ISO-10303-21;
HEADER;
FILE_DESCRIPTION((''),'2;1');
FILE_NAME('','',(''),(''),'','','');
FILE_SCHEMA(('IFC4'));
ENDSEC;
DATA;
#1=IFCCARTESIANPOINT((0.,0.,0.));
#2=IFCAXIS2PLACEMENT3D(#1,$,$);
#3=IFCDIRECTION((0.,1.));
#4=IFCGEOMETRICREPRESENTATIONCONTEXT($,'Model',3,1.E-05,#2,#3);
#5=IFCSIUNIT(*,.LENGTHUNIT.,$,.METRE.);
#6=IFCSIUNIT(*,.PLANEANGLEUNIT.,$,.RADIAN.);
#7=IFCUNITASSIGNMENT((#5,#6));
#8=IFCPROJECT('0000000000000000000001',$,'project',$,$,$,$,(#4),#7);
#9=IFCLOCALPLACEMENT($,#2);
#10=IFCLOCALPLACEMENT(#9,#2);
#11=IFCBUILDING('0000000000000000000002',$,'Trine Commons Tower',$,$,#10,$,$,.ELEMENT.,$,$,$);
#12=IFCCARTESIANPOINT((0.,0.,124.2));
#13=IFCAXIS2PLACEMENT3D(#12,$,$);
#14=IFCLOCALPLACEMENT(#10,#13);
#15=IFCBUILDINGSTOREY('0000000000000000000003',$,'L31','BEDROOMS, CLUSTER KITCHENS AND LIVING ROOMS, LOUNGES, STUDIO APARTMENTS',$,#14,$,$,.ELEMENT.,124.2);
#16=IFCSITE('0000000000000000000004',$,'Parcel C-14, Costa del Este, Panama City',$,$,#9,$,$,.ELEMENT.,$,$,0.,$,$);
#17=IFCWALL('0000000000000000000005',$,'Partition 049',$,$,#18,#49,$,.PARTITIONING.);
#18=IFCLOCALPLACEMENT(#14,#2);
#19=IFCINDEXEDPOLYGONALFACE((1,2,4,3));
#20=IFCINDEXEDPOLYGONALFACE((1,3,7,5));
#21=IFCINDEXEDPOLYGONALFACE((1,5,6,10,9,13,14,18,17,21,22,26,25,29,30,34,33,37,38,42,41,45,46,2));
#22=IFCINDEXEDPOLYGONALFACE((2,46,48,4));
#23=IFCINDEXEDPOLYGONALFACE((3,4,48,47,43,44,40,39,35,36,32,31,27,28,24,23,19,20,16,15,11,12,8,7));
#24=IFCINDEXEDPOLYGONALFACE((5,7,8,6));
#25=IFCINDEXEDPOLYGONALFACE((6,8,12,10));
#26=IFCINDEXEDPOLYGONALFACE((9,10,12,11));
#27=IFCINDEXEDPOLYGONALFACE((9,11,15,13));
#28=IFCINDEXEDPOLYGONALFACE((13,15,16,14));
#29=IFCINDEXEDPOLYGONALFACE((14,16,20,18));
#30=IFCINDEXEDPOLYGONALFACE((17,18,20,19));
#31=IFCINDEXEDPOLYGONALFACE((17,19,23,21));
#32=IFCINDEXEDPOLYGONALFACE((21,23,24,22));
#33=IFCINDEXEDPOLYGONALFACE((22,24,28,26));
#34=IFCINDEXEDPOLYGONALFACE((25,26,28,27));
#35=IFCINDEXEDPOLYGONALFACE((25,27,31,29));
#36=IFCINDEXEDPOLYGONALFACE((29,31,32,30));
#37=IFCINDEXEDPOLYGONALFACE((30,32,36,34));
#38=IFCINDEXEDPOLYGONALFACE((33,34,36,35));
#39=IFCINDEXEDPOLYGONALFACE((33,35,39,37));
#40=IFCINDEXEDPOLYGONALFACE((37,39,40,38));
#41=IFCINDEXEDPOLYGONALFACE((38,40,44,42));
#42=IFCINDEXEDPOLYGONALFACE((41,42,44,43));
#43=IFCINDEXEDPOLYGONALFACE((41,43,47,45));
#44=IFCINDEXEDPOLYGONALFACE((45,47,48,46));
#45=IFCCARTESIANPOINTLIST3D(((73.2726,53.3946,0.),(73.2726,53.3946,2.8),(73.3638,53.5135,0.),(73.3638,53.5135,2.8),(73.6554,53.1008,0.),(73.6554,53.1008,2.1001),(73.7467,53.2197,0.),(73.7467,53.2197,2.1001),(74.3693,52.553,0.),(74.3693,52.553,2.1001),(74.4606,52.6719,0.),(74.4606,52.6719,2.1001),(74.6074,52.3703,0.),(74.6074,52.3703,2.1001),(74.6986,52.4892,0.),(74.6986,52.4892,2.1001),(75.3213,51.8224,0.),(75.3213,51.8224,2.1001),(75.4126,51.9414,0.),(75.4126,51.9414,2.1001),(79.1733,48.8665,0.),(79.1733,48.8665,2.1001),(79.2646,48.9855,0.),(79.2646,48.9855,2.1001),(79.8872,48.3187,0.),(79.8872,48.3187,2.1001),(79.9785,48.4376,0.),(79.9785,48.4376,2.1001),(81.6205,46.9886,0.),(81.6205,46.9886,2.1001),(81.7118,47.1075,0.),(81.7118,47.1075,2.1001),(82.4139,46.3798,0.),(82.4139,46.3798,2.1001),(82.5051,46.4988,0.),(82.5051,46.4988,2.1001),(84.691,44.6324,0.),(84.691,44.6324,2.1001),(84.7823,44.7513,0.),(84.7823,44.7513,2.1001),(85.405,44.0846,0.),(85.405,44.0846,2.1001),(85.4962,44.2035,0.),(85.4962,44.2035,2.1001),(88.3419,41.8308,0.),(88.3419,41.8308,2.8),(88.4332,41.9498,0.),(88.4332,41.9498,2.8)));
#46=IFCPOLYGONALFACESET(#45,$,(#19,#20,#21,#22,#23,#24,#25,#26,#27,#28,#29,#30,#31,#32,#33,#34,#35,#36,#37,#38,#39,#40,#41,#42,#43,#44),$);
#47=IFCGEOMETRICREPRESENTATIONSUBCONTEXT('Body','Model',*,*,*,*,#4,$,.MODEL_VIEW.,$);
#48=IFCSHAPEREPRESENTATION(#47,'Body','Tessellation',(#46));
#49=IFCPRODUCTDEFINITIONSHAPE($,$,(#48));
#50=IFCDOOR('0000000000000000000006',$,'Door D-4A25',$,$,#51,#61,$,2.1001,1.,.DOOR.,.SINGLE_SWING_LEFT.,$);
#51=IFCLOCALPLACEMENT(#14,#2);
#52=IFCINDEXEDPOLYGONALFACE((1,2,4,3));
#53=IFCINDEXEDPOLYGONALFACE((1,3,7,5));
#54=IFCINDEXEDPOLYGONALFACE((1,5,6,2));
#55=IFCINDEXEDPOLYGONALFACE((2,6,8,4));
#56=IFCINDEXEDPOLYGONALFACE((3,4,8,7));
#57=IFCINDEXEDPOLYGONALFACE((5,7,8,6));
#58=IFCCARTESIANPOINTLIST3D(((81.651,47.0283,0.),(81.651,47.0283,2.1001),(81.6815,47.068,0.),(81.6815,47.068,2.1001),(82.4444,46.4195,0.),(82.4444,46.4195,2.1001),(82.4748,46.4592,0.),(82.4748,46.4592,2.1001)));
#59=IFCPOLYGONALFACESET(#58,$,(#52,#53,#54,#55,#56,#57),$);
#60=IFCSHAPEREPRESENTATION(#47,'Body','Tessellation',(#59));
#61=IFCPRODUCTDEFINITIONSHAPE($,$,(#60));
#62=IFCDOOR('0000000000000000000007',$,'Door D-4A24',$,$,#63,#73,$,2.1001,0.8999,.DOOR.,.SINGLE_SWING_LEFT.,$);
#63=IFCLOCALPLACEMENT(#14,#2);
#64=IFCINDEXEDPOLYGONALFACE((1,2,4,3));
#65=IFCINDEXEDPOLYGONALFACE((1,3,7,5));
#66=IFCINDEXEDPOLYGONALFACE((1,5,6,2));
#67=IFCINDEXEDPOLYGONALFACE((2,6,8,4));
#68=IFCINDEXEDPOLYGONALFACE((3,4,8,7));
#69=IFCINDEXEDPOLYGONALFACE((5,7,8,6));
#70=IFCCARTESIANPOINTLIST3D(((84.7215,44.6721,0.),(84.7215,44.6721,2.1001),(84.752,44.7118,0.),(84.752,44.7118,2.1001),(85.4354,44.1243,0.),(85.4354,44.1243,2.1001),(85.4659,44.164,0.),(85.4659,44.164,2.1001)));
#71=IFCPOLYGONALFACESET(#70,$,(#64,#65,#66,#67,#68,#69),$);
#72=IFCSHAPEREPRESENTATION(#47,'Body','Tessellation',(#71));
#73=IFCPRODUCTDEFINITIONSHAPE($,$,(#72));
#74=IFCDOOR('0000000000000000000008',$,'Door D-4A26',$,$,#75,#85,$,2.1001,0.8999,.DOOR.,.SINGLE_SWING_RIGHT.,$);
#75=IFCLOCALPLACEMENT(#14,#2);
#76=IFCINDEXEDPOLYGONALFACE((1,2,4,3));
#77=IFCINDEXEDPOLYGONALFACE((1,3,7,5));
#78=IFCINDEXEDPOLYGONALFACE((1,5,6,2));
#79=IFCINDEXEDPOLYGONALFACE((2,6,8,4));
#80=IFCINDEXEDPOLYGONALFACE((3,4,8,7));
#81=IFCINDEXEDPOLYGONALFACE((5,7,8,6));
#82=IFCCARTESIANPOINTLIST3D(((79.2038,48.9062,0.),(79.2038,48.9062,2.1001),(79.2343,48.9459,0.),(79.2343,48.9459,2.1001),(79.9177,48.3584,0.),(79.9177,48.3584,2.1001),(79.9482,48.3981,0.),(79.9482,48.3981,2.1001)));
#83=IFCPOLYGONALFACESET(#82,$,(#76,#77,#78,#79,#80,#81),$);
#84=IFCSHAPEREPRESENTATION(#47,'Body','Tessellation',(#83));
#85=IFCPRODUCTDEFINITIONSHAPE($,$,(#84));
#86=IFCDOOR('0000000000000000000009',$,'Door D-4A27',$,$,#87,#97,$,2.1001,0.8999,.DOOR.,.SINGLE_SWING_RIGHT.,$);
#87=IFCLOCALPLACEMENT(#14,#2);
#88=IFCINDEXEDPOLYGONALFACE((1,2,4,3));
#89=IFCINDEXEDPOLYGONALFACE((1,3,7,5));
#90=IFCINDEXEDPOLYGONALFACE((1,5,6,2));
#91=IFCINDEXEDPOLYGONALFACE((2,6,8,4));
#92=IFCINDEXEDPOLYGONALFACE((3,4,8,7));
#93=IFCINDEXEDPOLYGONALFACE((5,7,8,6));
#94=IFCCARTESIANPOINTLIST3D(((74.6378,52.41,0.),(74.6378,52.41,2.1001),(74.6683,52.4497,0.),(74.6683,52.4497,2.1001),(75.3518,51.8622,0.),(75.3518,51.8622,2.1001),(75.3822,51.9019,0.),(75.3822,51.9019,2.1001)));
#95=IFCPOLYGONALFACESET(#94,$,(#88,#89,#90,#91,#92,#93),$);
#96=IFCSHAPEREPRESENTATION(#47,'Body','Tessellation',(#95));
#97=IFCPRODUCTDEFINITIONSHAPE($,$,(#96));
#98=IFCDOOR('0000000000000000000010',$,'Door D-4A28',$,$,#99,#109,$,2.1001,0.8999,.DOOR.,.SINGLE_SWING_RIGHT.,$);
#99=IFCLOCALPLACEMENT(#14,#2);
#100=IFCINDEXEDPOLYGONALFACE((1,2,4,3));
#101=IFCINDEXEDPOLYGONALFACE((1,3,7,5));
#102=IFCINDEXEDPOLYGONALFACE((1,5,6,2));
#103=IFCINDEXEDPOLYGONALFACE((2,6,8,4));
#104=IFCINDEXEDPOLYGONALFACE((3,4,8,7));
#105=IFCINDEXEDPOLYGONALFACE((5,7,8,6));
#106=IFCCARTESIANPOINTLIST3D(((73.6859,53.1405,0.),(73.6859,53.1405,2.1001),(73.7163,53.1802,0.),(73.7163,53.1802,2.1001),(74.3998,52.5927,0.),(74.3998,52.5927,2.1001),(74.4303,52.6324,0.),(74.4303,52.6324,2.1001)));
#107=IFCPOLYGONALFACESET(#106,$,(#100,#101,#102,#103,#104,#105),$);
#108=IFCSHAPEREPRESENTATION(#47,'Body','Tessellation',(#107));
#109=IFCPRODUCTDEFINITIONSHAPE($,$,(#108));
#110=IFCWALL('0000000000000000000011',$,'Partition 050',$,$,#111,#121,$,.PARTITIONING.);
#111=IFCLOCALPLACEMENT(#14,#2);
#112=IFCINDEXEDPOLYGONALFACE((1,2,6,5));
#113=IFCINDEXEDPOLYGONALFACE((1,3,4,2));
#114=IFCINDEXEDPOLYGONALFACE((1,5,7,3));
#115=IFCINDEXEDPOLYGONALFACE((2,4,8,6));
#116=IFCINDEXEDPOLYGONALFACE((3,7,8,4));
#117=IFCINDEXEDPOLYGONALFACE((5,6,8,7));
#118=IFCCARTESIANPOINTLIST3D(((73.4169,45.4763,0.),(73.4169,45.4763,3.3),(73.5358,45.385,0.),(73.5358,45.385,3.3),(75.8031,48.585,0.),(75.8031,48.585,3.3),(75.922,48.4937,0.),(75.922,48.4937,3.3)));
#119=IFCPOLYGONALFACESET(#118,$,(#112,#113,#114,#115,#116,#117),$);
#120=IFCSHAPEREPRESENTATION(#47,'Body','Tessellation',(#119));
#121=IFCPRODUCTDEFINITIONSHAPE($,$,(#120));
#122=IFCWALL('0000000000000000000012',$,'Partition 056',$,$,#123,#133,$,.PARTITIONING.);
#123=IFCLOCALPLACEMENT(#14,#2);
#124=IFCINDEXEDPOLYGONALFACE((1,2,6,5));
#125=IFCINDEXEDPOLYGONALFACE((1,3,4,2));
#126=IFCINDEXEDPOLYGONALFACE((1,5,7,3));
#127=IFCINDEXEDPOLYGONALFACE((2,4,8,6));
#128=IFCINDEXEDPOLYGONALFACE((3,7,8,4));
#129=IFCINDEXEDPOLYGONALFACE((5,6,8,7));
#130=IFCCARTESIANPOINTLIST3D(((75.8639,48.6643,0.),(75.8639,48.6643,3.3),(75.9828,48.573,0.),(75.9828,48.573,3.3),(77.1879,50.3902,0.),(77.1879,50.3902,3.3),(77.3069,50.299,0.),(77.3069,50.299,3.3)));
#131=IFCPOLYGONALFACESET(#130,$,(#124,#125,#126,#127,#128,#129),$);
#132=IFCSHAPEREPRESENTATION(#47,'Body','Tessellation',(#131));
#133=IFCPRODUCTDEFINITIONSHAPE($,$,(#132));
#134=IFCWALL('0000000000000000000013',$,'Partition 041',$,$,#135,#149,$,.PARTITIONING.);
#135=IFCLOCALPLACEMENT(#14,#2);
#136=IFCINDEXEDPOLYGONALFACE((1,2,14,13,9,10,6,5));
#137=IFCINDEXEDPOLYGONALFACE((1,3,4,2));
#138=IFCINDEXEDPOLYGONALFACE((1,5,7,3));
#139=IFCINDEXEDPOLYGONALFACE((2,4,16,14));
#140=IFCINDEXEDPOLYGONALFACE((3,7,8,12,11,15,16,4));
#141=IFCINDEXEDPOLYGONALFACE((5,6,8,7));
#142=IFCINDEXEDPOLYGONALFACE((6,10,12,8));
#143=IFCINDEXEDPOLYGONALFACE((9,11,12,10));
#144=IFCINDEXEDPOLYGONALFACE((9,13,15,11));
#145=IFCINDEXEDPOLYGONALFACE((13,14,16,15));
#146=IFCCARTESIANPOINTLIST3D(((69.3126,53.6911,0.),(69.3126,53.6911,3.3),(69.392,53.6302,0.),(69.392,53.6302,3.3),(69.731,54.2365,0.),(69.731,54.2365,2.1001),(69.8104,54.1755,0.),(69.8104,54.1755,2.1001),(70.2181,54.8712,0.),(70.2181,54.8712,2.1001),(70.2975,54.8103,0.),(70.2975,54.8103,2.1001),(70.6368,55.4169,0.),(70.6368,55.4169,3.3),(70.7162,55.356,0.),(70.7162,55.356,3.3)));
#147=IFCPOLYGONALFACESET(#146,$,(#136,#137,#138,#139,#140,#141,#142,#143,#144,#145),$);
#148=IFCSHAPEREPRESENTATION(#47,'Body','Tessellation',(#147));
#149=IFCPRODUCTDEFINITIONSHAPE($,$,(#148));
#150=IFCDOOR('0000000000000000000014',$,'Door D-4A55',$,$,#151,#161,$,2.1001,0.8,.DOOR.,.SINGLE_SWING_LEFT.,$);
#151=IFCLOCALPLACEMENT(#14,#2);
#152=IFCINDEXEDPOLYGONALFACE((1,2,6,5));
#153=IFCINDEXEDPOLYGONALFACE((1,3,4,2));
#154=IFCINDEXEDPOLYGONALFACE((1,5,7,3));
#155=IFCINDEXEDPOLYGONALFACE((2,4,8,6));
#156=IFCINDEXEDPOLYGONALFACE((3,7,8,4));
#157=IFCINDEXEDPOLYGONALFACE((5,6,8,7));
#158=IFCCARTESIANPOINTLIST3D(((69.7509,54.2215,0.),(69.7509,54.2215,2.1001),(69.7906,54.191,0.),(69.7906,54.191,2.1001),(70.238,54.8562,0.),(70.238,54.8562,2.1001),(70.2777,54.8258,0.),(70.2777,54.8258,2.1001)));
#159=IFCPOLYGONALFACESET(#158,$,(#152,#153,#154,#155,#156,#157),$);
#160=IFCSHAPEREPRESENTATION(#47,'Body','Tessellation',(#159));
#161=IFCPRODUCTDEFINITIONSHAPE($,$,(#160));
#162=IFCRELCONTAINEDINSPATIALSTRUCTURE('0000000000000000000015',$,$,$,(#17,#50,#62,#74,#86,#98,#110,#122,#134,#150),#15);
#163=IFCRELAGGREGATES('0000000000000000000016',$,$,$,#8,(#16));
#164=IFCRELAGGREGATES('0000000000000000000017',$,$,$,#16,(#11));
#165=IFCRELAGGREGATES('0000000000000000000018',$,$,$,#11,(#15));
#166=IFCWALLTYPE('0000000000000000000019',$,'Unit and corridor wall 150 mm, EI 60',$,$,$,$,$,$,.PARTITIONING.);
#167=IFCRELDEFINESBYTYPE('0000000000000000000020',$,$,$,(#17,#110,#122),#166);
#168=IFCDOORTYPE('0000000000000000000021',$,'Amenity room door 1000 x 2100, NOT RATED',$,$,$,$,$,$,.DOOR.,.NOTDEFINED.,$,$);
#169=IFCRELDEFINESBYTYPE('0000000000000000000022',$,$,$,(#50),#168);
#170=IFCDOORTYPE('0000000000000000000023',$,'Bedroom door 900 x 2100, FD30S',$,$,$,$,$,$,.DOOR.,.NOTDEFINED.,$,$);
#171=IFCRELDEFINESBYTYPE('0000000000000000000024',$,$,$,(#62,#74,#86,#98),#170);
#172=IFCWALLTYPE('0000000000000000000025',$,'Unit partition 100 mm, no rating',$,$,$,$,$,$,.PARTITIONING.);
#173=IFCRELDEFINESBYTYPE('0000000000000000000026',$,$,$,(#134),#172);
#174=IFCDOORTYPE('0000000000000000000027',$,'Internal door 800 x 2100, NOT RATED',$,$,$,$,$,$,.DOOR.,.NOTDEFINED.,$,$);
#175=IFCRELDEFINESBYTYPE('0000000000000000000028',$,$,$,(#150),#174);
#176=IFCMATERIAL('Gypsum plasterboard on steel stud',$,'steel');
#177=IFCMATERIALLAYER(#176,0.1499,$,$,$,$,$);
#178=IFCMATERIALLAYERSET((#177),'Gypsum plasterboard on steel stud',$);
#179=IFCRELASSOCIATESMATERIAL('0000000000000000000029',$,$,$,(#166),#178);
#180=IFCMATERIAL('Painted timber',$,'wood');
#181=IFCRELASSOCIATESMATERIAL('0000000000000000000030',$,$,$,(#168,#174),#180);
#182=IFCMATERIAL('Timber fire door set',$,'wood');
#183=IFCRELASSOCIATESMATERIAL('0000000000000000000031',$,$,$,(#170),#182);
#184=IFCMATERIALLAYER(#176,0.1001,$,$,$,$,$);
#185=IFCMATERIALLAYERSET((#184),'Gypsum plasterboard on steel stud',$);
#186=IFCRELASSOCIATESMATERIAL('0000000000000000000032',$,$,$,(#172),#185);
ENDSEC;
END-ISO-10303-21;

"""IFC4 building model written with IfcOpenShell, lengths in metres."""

from ifc_helpers import new_model, si_unit, direction, frame, frame_2d, origin, place, context, subcontext, project, spatial, rectangle, extrude, material, layer, layer_set, type_object, element, fill, save


model = new_model("IFC4")

# Units and contexts
model_context = context("Model", 3, precision=1e-05, world=origin(), true_north=direction((0.0, 1.0)))
body_context = subcontext(model_context, "Body", "Model", "MODEL_VIEW")
ifc_project = project(units=[si_unit("LENGTHUNIT", "METRE"), si_unit("PLANEANGLEUNIT", "RADIAN")], contexts=[model_context])

# Site, building, storey
site_placement = place(None, origin())
site = spatial("IfcSite", under=ifc_project, at=site_placement, Name="Parcel C-14, Costa del Este, Panama City", CompositionType="ELEMENT", RefElevation=0.0)
building_placement = place(site_placement, origin())
building = spatial("IfcBuilding", under=site, at=building_placement, Name="Trine Commons Tower", CompositionType="ELEMENT")
storey_placement = place(building_placement, frame((0.0, 0.0, 124.2)))
storey = spatial("IfcBuildingStorey", under=building, at=storey_placement, Name="L31", Description="BEDROOMS, CLUSTER KITCHENS AND LIVING ROOMS, LOUNGES, STUDIO APARTMENTS", CompositionType="ELEMENT", Elevation=124.2)

# Shared definitions
ifc_material_1 = material(Name="Gypsum plasterboard on steel stud", Category="steel")
ifc_layer_1 = layer(ifc_material_1, 0.1499)
ifc_layer_set_1 = layer_set([ifc_layer_1], Name="Gypsum plasterboard on steel stud")
wall_type_1 = type_object("IfcWallType", Name="Unit and corridor wall 150 mm, EI 60", PredefinedType="PARTITIONING", material=ifc_layer_set_1)

# Wall, openings, doors
wall_1_placement = place(storey_placement, frame((73.3181, 53.4541, 0.0), z_axis=(0.0, 0.0, 1.0), x_axis=(0.793338, -0.608782, 0.0)))
wall_1 = element("IfcWall", 1, at=wall_1_placement, inside=storey, type_object=wall_type_1, Name="Partition 049", PredefinedType="PARTITIONING", context=body_context, shape_type="SweptSolid", body=[
    extrude(rectangle(XDim=18.9949, YDim=0.1499, at=frame_2d((9.4976, 0.0))), origin(), (0.0, 0.0, 1.0), 2.8),
])
opening_1_placement = place(wall_1_placement, frame((14.3931, 0.0, 0.0)))
opening_1 = element("IfcOpeningElement", 2, at=opening_1_placement, cuts=wall_1, PredefinedType="OPENING", context=body_context, shape_type="SweptSolid", body=[
    extrude(rectangle(XDim=0.8999, YDim=2.1001, at=frame_2d((0.45, 1.05))), frame((0.0, 0.085, 0.0), z_axis=(0.0, -1.0, 0.0), x_axis=(1.0, 0.0, 0.0)), (0.0, 0.0, 1.0), 0.1699),
])
opening_2_placement = place(wall_1_placement, frame((10.5227, 0.0, 0.0)))
opening_2 = element("IfcOpeningElement", 3, at=opening_2_placement, cuts=wall_1, PredefinedType="OPENING", context=body_context, shape_type="SweptSolid", body=[
    extrude(rectangle(XDim=1.0, YDim=2.1001, at=frame_2d((0.5, 1.05))), frame((0.0, 0.085, 0.0), z_axis=(0.0, -1.0, 0.0), x_axis=(1.0, 0.0, 0.0)), (0.0, 0.0, 1.0), 0.1699),
])
opening_3_placement = place(wall_1_placement, frame((7.438, 0.0, 0.0)))
opening_3 = element("IfcOpeningElement", 4, at=opening_3_placement, cuts=wall_1, PredefinedType="OPENING", context=body_context, shape_type="SweptSolid", body=[
    extrude(rectangle(XDim=0.8999, YDim=2.1001, at=frame_2d((0.45, 1.05))), frame((0.0, 0.085, 0.0), z_axis=(0.0, -1.0, 0.0), x_axis=(1.0, 0.0, 0.0)), (0.0, 0.0, 1.0), 0.1699),
])
opening_4_placement = place(wall_1_placement, frame((1.6826, 0.0, 0.0)))
opening_4 = element("IfcOpeningElement", 5, at=opening_4_placement, cuts=wall_1, PredefinedType="OPENING", context=body_context, shape_type="SweptSolid", body=[
    extrude(rectangle(XDim=0.8999, YDim=2.1001, at=frame_2d((0.45, 1.05))), frame((0.0, 0.085, 0.0), z_axis=(0.0, -1.0, 0.0), x_axis=(1.0, 0.0, 0.0)), (0.0, 0.0, 1.0), 0.1699),
])
opening_5_placement = place(wall_1_placement, frame((0.4827, 0.0, 0.0)))
opening_5 = element("IfcOpeningElement", 6, at=opening_5_placement, cuts=wall_1, PredefinedType="OPENING", context=body_context, shape_type="SweptSolid", body=[
    extrude(rectangle(XDim=0.8999, YDim=2.1001, at=frame_2d((0.45, 1.05))), frame((0.0, 0.085, 0.0), z_axis=(0.0, -1.0, 0.0), x_axis=(1.0, 0.0, 0.0)), (0.0, 0.0, 1.0), 0.1699),
])
ifc_material_2 = material(Name="Painted timber", Category="wood")
door_type_1 = type_object("IfcDoorType", Name="Amenity room door 1000 x 2100, NOT RATED", OperationType="NOTDEFINED", PredefinedType="DOOR", material=ifc_material_2)
door_1_placement = place(opening_2_placement, frame((1.0, 0.0, 0.0), z_axis=(0.0, 0.0, 1.0), x_axis=(-1.0, 0.0, 0.0)))
door_1 = element("IfcDoor", 7, at=door_1_placement, inside=storey, type_object=door_type_1, Name="Door D-4A25", OperationType="SINGLE_SWING_LEFT", OverallHeight=2.1001, OverallWidth=1.0, PredefinedType="DOOR", context=body_context, shape_type="SweptSolid", body=[
    extrude(rectangle(XDim=1.0, YDim=2.1001, at=frame_2d((0.5, 1.05))), frame((0.0, 0.0249, 0.0), z_axis=(0.0, -1.0, 0.0), x_axis=(1.0, 0.0, 0.0)), (0.0, 0.0, 1.0), 0.05),
])
fill(opening_2, door_1)
ifc_material_3 = material(Name="Timber fire door set", Category="wood")
door_type_2 = type_object("IfcDoorType", Name="Bedroom door 900 x 2100, FD30S", OperationType="NOTDEFINED", PredefinedType="DOOR", material=ifc_material_3)
door_2_placement = place(opening_1_placement, frame((0.8999, 0.0, 0.0), z_axis=(0.0, 0.0, 1.0), x_axis=(-1.0, 0.0, 0.0)))
door_2 = element("IfcDoor", 8, at=door_2_placement, inside=storey, type_object=door_type_2, Name="Door D-4A24", OperationType="SINGLE_SWING_LEFT", OverallHeight=2.1001, OverallWidth=0.8999, PredefinedType="DOOR", context=body_context, shape_type="SweptSolid", body=[
    extrude(rectangle(XDim=0.8999, YDim=2.1001, at=frame_2d((0.45, 1.05))), frame((0.0, 0.0249, 0.0), z_axis=(0.0, -1.0, 0.0), x_axis=(1.0, 0.0, 0.0)), (0.0, 0.0, 1.0), 0.05),
])
fill(opening_1, door_2)
door_3_placement = place(opening_3_placement, frame((0.8999, 0.0, 0.0), z_axis=(0.0, 0.0, 1.0), x_axis=(-1.0, 0.0, 0.0)))
door_3 = element("IfcDoor", 9, at=door_3_placement, inside=storey, type_object=door_type_2, Name="Door D-4A26", OperationType="SINGLE_SWING_RIGHT", OverallHeight=2.1001, OverallWidth=0.8999, PredefinedType="DOOR", context=body_context, shape_type="SweptSolid", body=[
    extrude(rectangle(XDim=0.8999, YDim=2.1001, at=frame_2d((0.45, 1.05))), frame((0.0, 0.0249, 0.0), z_axis=(0.0, -1.0, 0.0), x_axis=(1.0, 0.0, 0.0)), (0.0, 0.0, 1.0), 0.05),
])
fill(opening_3, door_3)
door_4_placement = place(opening_4_placement, frame((0.8999, 0.0, 0.0), z_axis=(0.0, 0.0, 1.0), x_axis=(-1.0, 0.0, 0.0)))
door_4 = element("IfcDoor", 10, at=door_4_placement, inside=storey, type_object=door_type_2, Name="Door D-4A27", OperationType="SINGLE_SWING_RIGHT", OverallHeight=2.1001, OverallWidth=0.8999, PredefinedType="DOOR", context=body_context, shape_type="SweptSolid", body=[
    extrude(rectangle(XDim=0.8999, YDim=2.1001, at=frame_2d((0.45, 1.05))), frame((0.0, 0.0249, 0.0), z_axis=(0.0, -1.0, 0.0), x_axis=(1.0, 0.0, 0.0)), (0.0, 0.0, 1.0), 0.05),
])
fill(opening_4, door_4)
door_5_placement = place(opening_5_placement, frame((0.8999, 0.0, 0.0), z_axis=(0.0, 0.0, 1.0), x_axis=(-1.0, 0.0, 0.0)))
door_5 = element("IfcDoor", 11, at=door_5_placement, inside=storey, type_object=door_type_2, Name="Door D-4A28", OperationType="SINGLE_SWING_RIGHT", OverallHeight=2.1001, OverallWidth=0.8999, PredefinedType="DOOR", context=body_context, shape_type="SweptSolid", body=[
    extrude(rectangle(XDim=0.8999, YDim=2.1001, at=frame_2d((0.45, 1.05))), frame((0.0, 0.0249, 0.0), z_axis=(0.0, -1.0, 0.0), x_axis=(1.0, 0.0, 0.0)), (0.0, 0.0, 1.0), 0.05),
])
fill(opening_5, door_5)

# Walls
wall_2_placement = place(storey_placement, frame((73.4763, 45.4307, 0.0), z_axis=(0.0, 0.0, 1.0), x_axis=(0.608904, 0.793244, 0.0)))
element("IfcWall", 12, at=wall_2_placement, inside=storey, type_object=wall_type_1, Name="Partition 050", PredefinedType="PARTITIONING", context=body_context, shape_type="SweptSolid", body=[
    extrude(rectangle(XDim=3.9189, YDim=0.1499, at=frame_2d((1.9595, 0.0))), origin(), (0.0, 0.0, 1.0), 3.3),
])
wall_3_placement = place(storey_placement, frame((75.9233, 48.6187, 0.0), z_axis=(0.0, 0.0, 1.0), x_axis=(0.608674, 0.79342, 0.0)))
element("IfcWall", 13, at=wall_3_placement, inside=storey, type_object=wall_type_1, Name="Partition 056", PredefinedType="PARTITIONING", context=body_context, shape_type="SweptSolid", body=[
    extrude(rectangle(XDim=2.1753, YDim=0.1499, at=frame_2d((1.0876, 0.0))), origin(), (0.0, 0.0, 1.0), 3.3),
])

# Wall, opening, door
ifc_layer_2 = layer(ifc_material_1, 0.1001)
ifc_layer_set_2 = layer_set([ifc_layer_2], Name="Gypsum plasterboard on steel stud")
wall_type_2 = type_object("IfcWallType", Name="Unit partition 100 mm, no rating", PredefinedType="PARTITIONING", material=ifc_layer_set_2)
wall_4_placement = place(storey_placement, frame((69.3523, 53.6606, 0.0), z_axis=(0.0, 0.0, 1.0), x_axis=(0.608745, 0.793366, 0.0)))
wall_4 = element("IfcWall", 14, at=wall_4_placement, inside=storey, type_object=wall_type_2, Name="Partition 041", PredefinedType="PARTITIONING", context=body_context, shape_type="SweptSolid", body=[
    extrude(rectangle(XDim=2.1753, YDim=0.1001, at=frame_2d((1.0876, 0.0))), origin(), (0.0, 0.0, 1.0), 3.3),
])
opening_6_placement = place(wall_4_placement, frame((0.6875, 0.0, 0.0)))
opening_6 = element("IfcOpeningElement", 15, at=opening_6_placement, cuts=wall_4, PredefinedType="OPENING", context=body_context, shape_type="SweptSolid", body=[
    extrude(rectangle(XDim=0.8, YDim=2.1001, at=frame_2d((0.3999, 1.05))), frame((0.0, 0.0601, 0.0), z_axis=(0.0, -1.0, 0.0), x_axis=(1.0, 0.0, 0.0)), (0.0, 0.0, 1.0), 0.1201),
])
door_type_3 = type_object("IfcDoorType", Name="Internal door 800 x 2100, NOT RATED", OperationType="NOTDEFINED", PredefinedType="DOOR", material=ifc_material_2)
door_6_placement = place(opening_6_placement, frame((0.8, 0.0, 0.0), z_axis=(0.0, 0.0, 1.0), x_axis=(-1.0, 0.0, 0.0)))
door_6 = element("IfcDoor", 16, at=door_6_placement, inside=storey, type_object=door_type_3, Name="Door D-4A55", OperationType="SINGLE_SWING_LEFT", OverallHeight=2.1001, OverallWidth=0.8, PredefinedType="DOOR", context=body_context, shape_type="SweptSolid", body=[
    extrude(rectangle(XDim=0.8, YDim=2.1001, at=frame_2d((0.3999, 1.05))), frame((0.0, 0.0249, 0.0), z_axis=(0.0, -1.0, 0.0), x_axis=(1.0, 0.0, 0.0)), (0.0, 0.0, 1.0), 0.05),
])
fill(opening_6, door_6)

save(model, "model.ifc")
